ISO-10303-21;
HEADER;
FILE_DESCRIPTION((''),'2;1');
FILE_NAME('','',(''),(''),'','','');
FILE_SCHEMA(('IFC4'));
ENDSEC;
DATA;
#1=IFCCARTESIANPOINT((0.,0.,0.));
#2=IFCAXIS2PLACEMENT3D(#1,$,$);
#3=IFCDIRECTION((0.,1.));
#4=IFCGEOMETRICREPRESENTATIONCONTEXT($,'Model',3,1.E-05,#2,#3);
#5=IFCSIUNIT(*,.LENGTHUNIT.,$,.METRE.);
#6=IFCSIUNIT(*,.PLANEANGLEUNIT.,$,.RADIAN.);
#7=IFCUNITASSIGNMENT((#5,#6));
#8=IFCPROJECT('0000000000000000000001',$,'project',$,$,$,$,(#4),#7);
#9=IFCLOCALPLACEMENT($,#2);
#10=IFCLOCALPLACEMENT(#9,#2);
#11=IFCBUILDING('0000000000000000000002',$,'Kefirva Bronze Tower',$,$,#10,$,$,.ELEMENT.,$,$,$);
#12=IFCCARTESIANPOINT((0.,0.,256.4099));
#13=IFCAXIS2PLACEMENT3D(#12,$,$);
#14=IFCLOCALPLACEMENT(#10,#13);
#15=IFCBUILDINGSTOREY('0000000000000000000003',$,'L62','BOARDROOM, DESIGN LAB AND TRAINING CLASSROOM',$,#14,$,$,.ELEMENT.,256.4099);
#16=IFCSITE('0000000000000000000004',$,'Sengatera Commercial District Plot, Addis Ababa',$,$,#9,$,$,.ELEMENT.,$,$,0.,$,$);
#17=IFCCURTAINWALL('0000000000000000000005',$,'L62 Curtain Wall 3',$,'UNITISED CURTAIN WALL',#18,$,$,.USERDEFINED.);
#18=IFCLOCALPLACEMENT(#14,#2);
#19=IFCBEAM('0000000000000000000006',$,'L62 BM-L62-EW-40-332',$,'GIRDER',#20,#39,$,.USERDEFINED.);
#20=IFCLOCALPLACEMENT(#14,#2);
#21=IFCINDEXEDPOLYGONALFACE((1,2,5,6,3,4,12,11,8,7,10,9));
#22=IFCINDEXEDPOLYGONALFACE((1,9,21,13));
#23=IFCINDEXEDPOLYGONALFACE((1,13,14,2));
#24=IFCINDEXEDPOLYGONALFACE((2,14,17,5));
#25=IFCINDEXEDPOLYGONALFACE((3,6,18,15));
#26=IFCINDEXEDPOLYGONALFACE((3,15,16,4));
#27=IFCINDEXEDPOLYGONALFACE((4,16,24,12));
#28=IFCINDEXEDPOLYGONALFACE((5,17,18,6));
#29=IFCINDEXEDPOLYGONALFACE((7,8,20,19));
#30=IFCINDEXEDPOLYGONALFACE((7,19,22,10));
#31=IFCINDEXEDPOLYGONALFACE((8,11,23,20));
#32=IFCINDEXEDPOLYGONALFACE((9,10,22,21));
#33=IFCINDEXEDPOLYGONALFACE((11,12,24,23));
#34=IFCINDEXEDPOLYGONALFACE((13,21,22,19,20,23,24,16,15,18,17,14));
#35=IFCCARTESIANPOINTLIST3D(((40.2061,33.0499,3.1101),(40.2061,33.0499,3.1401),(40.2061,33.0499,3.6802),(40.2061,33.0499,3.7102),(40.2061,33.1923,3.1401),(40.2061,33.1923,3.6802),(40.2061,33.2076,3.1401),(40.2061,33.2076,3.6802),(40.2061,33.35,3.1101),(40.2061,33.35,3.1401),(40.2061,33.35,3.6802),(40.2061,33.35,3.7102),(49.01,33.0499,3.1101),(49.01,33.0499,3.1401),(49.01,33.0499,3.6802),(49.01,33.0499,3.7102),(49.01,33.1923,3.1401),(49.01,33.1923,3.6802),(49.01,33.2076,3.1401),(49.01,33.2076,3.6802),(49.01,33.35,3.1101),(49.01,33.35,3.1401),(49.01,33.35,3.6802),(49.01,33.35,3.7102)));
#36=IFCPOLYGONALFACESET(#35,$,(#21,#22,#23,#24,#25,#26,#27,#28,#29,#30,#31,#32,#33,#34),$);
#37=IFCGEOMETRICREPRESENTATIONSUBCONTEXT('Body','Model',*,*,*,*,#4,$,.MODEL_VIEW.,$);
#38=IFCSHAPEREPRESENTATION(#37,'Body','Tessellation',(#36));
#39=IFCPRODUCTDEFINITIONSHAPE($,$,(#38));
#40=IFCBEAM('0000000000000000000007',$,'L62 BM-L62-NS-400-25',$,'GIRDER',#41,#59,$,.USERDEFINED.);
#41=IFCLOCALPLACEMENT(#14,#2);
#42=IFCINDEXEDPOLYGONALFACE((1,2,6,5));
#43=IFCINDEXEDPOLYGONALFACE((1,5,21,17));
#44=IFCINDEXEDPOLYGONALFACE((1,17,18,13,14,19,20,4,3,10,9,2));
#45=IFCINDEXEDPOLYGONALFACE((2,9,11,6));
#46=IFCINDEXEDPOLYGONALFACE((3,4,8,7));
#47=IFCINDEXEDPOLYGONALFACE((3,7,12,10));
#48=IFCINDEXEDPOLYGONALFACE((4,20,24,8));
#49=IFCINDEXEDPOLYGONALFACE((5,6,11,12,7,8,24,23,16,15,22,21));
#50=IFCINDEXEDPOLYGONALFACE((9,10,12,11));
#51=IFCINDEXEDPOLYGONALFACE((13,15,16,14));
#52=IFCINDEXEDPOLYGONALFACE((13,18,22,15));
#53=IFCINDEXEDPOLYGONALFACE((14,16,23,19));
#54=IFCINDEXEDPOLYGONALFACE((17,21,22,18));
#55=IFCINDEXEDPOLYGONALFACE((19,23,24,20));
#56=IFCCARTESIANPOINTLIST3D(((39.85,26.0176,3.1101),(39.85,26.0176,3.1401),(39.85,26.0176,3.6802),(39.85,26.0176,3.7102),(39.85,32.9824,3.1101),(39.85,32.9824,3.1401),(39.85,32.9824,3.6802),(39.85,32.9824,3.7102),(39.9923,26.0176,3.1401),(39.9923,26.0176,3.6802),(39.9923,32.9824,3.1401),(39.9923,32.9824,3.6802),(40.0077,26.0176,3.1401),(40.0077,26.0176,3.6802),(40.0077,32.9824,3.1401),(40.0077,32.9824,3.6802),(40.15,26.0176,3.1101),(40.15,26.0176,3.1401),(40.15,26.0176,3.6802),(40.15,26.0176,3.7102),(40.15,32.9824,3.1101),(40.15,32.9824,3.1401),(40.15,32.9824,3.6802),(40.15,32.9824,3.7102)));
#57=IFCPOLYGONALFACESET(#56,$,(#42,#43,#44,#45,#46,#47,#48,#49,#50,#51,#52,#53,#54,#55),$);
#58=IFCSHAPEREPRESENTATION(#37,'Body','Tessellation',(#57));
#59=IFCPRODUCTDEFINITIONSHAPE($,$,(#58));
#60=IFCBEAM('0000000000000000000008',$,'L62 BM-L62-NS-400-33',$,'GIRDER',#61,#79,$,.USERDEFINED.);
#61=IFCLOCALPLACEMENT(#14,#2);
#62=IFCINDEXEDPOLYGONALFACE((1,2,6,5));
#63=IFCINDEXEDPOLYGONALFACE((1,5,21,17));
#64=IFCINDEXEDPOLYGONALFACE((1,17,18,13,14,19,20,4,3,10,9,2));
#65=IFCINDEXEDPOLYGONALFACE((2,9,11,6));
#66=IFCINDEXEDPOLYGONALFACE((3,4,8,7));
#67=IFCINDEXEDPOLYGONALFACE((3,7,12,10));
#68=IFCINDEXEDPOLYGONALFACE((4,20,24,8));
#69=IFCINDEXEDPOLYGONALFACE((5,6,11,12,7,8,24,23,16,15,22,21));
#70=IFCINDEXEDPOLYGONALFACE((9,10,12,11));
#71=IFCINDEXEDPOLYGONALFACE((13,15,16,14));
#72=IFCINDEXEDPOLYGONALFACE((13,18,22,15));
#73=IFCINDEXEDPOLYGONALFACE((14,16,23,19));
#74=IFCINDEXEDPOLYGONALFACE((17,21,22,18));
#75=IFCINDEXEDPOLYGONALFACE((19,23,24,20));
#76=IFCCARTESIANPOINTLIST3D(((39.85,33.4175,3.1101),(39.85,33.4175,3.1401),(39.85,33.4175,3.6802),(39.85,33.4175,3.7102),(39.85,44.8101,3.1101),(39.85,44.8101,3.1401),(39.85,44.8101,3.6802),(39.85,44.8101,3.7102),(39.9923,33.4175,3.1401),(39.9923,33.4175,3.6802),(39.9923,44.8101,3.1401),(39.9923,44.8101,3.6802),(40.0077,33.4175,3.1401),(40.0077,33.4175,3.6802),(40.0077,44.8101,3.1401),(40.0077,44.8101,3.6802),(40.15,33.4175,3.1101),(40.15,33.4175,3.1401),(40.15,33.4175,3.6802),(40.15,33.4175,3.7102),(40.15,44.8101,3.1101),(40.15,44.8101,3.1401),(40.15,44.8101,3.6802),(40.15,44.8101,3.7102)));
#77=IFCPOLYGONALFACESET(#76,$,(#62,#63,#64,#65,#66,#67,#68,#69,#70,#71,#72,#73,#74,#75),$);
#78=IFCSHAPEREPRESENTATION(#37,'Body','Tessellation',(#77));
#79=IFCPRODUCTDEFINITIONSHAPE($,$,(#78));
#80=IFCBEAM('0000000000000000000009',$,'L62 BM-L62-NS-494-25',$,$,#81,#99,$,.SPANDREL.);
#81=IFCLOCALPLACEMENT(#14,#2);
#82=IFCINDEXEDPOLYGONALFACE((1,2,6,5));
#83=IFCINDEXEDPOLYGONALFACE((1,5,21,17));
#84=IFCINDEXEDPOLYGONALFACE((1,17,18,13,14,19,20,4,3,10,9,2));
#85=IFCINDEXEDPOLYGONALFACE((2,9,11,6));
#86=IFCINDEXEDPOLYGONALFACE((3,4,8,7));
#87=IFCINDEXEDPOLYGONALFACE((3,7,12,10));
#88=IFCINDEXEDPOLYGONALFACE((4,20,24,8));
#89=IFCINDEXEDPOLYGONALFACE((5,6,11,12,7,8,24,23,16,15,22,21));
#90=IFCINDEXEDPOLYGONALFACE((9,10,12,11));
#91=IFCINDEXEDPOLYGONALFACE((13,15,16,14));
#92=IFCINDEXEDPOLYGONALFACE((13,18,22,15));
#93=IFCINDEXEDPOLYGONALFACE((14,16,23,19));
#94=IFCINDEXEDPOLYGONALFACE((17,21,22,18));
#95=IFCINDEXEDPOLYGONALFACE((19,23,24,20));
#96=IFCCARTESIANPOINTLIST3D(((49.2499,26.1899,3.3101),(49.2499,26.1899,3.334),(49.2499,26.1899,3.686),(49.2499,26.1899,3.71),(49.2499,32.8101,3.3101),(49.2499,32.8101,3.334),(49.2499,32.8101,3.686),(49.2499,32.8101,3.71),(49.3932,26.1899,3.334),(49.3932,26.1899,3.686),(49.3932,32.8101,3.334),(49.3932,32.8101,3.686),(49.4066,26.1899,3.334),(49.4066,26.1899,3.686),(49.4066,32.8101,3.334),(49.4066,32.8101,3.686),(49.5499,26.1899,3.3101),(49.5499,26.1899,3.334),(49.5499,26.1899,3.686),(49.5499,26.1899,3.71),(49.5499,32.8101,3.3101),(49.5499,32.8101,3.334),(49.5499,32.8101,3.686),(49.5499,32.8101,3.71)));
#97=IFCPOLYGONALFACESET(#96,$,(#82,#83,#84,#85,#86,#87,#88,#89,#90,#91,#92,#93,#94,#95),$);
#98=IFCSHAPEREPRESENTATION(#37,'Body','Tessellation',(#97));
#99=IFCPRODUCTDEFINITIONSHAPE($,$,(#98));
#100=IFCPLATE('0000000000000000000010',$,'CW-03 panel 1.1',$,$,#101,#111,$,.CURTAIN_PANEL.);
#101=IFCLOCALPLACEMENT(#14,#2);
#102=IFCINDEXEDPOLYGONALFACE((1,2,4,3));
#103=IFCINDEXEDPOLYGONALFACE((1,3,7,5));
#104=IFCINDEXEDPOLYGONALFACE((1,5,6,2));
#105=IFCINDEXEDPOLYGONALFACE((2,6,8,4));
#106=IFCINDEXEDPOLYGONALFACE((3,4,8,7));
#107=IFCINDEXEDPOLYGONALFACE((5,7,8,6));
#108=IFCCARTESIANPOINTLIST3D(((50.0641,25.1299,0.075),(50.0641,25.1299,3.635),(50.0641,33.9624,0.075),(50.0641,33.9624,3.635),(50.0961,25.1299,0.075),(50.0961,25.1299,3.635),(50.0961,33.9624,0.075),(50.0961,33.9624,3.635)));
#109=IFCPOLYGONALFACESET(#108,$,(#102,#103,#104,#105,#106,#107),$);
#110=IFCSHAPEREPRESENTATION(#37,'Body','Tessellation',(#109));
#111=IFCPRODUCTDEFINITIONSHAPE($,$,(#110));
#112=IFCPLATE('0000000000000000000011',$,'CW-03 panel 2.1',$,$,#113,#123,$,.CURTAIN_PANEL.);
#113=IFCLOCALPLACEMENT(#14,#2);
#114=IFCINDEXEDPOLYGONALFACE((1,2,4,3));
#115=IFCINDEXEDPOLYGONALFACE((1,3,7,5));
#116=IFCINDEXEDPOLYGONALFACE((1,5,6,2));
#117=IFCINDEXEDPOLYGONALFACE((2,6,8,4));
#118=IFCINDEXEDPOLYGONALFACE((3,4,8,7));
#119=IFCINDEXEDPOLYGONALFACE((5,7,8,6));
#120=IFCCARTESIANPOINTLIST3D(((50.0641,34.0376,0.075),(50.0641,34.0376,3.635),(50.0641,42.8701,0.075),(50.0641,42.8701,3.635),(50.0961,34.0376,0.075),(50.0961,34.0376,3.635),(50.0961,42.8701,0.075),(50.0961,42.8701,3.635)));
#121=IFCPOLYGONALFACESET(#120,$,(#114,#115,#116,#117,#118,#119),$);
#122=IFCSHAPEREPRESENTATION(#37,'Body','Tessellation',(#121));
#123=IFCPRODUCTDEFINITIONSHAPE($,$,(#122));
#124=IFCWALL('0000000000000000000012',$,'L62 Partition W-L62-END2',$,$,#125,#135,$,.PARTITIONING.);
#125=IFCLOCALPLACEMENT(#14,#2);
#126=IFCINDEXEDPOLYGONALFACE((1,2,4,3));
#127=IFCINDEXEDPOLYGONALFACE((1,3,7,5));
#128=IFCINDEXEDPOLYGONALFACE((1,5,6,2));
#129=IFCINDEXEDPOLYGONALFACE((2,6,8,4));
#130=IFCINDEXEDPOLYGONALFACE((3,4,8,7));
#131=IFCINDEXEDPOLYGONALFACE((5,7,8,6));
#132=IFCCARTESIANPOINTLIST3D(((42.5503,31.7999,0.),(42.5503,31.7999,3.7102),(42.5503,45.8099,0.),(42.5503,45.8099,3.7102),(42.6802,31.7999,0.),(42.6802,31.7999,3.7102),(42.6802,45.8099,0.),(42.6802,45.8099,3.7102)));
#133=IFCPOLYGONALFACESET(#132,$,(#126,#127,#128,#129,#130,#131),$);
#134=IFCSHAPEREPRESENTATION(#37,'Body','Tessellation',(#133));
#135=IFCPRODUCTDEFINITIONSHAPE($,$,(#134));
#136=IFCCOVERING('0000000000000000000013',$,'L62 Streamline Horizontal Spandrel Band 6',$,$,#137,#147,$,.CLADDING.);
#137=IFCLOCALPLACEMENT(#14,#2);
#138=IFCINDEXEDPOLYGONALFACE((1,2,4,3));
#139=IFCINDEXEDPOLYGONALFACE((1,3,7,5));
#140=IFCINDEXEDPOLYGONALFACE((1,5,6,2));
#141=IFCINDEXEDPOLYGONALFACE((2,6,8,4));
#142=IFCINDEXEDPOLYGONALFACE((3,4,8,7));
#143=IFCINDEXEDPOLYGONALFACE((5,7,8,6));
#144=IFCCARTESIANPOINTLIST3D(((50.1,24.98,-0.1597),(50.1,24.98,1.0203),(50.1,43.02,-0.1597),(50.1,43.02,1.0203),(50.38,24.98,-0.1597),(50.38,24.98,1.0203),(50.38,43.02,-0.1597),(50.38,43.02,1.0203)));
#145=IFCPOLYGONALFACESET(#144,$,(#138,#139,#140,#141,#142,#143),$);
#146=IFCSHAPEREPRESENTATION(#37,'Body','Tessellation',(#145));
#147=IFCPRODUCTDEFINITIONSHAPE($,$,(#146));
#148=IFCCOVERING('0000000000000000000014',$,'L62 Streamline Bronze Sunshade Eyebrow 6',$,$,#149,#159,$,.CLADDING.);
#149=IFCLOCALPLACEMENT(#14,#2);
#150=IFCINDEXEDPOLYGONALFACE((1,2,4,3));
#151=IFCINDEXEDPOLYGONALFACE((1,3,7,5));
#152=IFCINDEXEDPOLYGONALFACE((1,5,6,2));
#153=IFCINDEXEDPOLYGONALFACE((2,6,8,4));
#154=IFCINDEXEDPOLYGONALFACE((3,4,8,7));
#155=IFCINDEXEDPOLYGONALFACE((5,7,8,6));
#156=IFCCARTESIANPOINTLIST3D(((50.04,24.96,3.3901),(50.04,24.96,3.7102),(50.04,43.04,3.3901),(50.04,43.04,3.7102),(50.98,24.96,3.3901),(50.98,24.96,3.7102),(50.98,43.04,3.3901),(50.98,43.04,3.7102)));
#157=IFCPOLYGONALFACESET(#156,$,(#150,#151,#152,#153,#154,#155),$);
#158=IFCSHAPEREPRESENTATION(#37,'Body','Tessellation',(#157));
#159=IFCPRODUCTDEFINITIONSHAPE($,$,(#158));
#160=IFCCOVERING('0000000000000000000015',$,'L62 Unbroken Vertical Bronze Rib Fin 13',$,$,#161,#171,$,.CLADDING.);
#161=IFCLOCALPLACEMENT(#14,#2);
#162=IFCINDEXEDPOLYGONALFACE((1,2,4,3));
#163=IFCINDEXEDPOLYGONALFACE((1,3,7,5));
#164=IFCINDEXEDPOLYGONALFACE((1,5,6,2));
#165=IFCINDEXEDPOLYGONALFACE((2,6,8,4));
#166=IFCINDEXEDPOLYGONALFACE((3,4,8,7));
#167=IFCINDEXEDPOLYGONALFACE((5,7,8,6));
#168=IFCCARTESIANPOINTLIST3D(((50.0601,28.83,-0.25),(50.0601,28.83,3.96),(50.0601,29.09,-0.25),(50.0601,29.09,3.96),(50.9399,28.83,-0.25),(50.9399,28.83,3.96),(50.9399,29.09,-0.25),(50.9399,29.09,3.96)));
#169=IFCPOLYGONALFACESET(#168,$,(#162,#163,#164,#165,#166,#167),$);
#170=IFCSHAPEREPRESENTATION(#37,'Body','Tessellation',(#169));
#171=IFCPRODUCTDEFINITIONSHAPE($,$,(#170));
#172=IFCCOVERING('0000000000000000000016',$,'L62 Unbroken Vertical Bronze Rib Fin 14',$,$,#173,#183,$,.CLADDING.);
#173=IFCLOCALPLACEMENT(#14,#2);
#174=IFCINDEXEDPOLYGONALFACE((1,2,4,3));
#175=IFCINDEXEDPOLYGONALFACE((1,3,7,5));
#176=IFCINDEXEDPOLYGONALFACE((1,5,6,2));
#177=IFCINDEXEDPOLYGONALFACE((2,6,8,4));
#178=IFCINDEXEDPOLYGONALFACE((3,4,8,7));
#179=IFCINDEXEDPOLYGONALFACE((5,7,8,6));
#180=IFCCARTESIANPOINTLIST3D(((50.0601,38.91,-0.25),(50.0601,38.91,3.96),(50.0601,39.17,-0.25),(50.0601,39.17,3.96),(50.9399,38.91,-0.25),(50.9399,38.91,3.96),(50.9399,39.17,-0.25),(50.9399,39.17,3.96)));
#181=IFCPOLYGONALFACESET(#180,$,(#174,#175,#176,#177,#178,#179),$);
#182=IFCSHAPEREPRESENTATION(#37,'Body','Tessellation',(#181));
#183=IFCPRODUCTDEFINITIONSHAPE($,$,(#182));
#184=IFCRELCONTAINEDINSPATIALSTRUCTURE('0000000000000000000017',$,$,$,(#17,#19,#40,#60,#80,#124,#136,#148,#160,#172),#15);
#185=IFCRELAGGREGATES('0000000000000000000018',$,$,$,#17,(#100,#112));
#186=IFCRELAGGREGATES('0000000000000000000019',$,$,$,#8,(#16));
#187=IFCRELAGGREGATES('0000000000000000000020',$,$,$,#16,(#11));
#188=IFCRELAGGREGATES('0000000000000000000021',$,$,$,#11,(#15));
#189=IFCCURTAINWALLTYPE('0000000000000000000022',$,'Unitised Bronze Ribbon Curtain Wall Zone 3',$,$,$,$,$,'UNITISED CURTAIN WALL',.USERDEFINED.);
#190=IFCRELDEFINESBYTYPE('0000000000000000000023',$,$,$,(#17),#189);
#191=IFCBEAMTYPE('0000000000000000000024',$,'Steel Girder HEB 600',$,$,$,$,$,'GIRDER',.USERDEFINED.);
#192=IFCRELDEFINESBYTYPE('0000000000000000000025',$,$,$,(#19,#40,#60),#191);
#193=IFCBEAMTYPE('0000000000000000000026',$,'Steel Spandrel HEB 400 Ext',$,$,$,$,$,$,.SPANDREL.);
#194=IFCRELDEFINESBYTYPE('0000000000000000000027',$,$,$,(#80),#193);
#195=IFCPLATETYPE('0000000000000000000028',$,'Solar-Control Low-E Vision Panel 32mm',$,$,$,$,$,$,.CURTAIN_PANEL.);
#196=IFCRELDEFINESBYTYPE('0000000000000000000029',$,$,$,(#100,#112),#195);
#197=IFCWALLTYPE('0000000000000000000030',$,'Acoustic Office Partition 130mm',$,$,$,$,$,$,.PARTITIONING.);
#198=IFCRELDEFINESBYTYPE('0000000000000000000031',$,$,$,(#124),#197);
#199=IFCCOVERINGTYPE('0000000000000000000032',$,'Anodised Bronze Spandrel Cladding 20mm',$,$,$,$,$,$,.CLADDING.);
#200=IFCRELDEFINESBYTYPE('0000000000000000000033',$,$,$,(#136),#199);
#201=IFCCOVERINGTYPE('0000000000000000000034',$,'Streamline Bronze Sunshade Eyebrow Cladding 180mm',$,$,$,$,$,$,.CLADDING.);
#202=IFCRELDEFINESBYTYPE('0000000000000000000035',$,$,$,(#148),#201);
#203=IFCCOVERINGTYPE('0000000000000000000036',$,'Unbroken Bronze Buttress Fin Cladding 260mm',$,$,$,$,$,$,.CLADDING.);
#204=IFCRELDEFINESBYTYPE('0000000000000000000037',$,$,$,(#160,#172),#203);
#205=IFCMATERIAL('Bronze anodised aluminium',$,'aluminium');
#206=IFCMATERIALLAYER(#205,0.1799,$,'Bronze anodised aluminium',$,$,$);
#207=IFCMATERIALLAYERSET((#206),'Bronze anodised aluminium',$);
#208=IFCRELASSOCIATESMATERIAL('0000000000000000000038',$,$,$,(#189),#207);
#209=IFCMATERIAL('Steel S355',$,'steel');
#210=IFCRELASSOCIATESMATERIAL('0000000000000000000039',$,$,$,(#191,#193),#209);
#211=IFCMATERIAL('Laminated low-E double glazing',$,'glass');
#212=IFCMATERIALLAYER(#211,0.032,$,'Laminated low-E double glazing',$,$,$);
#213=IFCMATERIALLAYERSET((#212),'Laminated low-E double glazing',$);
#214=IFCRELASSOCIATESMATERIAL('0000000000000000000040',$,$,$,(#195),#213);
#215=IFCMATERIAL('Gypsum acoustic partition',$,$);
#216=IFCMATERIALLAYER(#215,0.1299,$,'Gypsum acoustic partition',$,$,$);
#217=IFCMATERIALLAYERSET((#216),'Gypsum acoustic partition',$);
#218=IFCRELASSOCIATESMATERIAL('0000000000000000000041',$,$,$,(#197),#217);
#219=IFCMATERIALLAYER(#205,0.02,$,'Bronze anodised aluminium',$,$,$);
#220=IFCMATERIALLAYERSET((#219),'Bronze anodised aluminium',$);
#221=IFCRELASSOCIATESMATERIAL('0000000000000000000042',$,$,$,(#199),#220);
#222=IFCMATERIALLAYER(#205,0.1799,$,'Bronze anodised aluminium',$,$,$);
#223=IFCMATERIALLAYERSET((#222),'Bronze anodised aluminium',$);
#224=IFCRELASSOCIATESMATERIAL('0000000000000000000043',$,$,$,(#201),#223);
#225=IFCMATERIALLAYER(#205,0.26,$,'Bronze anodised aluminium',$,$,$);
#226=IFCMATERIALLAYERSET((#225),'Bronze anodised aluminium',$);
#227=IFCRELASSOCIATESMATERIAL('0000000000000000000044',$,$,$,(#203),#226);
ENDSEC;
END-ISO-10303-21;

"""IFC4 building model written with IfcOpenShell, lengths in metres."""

from ifc_helpers import new_model, si_unit, direction, frame, frame_2d, origin, origin_2d, place, context, subcontext, project, spatial, rectangle, i_section, extrude, material, layer, layer_set, material_profile, profile_set, type_object, element, aggregate, save


model = new_model("IFC4")

# Units and contexts
model_context = context("Model", 3, precision=1e-05, world=origin(), true_north=direction((0.0, 1.0)))
body_context = subcontext(model_context, "Body", "Model", "MODEL_VIEW")
ifc_project = project(units=[si_unit("LENGTHUNIT", "METRE"), si_unit("PLANEANGLEUNIT", "RADIAN")], contexts=[model_context])

# Site, building, storey
site_placement = place(None, origin())
site = spatial("IfcSite", under=ifc_project, at=site_placement, Name="Sengatera Commercial District Plot, Addis Ababa", CompositionType="ELEMENT", RefElevation=0.0)
building_placement = place(site_placement, origin())
building = spatial("IfcBuilding", under=site, at=building_placement, Name="Kefirva Bronze Tower", CompositionType="ELEMENT")
storey_placement = place(building_placement, frame((0.0, 0.0, 256.4099)))
storey = spatial("IfcBuildingStorey", under=building, at=storey_placement, Name="L62", Description="BOARDROOM, DESIGN LAB AND TRAINING CLASSROOM", CompositionType="ELEMENT", Elevation=256.4099)

# Curtain wall
ifc_material_1 = material(Name="Bronze anodised aluminium", Category="aluminium")
ifc_layer_1 = layer(ifc_material_1, 0.1799, Name="Bronze anodised aluminium")
ifc_layer_set_1 = layer_set([ifc_layer_1], Name="Bronze anodised aluminium")
curtain_wall_type = type_object("IfcCurtainWallType", Name="Unitised Bronze Ribbon Curtain Wall Zone 3", ElementType="UNITISED CURTAIN WALL", PredefinedType="USERDEFINED", material=ifc_layer_set_1)
curtain_wall_placement = place(storey_placement, origin())
curtain_wall = element("IfcCurtainWall", 1, at=curtain_wall_placement, inside=storey, type_object=curtain_wall_type, Name="L62 Curtain Wall 3", ObjectType="UNITISED CURTAIN WALL", PredefinedType="USERDEFINED")

# Beams
ifc_material_2 = material(Name="Steel S355", Category="steel")
ifc_material_profile_1 = material_profile(ifc_material_2, i_section(OverallWidth=0.3, OverallDepth=0.6001, WebThickness=0.0154, FlangeThickness=0.03, at=origin_2d()), Name="HEB 600")
ifc_profile_set_1 = profile_set([ifc_material_profile_1], Name="Steel S355")
beam_type_1 = type_object("IfcBeamType", Name="Steel Girder HEB 600", ElementType="GIRDER", PredefinedType="USERDEFINED", material=ifc_profile_set_1)
beam_1_placement = place(storey_placement, frame((40.2061, 33.2, 3.4102), z_axis=(1.0, 0.0, 0.0), x_axis=(0.0, 1.0, 0.0)))
element("IfcBeam", 2, at=beam_1_placement, inside=storey, type_object=beam_type_1, Name="L62 BM-L62-EW-40-332", ObjectType="GIRDER", PredefinedType="USERDEFINED", context=body_context, shape_type="SweptSolid", body=[
    extrude(i_section(OverallWidth=0.3, OverallDepth=0.6001, WebThickness=0.0154, FlangeThickness=0.03, at=origin_2d()), origin(), (0.0, 0.0, 1.0), 8.804),
])
beam_2_placement = place(storey_placement, frame((40.0, 26.0176, 3.4102), z_axis=(0.0, 1.0, 0.0), x_axis=(-1.0, 0.0, 0.0)))
element("IfcBeam", 3, at=beam_2_placement, inside=storey, type_object=beam_type_1, Name="L62 BM-L62-NS-400-25", ObjectType="GIRDER", PredefinedType="USERDEFINED", context=body_context, shape_type="SweptSolid", body=[
    extrude(i_section(OverallWidth=0.3, OverallDepth=0.6001, WebThickness=0.0154, FlangeThickness=0.03, at=origin_2d()), origin(), (0.0, 0.0, 1.0), 6.9648),
])
beam_3_placement = place(storey_placement, frame((40.0, 33.4175, 3.4102), z_axis=(0.0, 1.0, 0.0), x_axis=(-1.0, 0.0, 0.0)))
element("IfcBeam", 4, at=beam_3_placement, inside=storey, type_object=beam_type_1, Name="L62 BM-L62-NS-400-33", ObjectType="GIRDER", PredefinedType="USERDEFINED", context=body_context, shape_type="SweptSolid", body=[
    extrude(i_section(OverallWidth=0.3, OverallDepth=0.6001, WebThickness=0.0154, FlangeThickness=0.03, at=origin_2d()), origin(), (0.0, 0.0, 1.0), 11.3926),
])
ifc_material_profile_2 = material_profile(ifc_material_2, i_section(OverallWidth=0.3, OverallDepth=0.3999, WebThickness=0.0134, FlangeThickness=0.0239, at=origin_2d()), Name="HEB 400")
ifc_profile_set_2 = profile_set([ifc_material_profile_2], Name="Steel S355")
beam_type_2 = type_object("IfcBeamType", Name="Steel Spandrel HEB 400 Ext", PredefinedType="SPANDREL", material=ifc_profile_set_2)
beam_4_placement = place(storey_placement, frame((49.3999, 26.1899, 3.51), z_axis=(0.0, 1.0, 0.0), x_axis=(-1.0, 0.0, 0.0)))
element("IfcBeam", 5, at=beam_4_placement, inside=storey, type_object=beam_type_2, Name="L62 BM-L62-NS-494-25", PredefinedType="SPANDREL", context=body_context, shape_type="SweptSolid", body=[
    extrude(i_section(OverallWidth=0.3, OverallDepth=0.3999, WebThickness=0.0134, FlangeThickness=0.0239, at=origin_2d()), origin(), (0.0, 0.0, 1.0), 6.6201),
])

# Plates
ifc_material_3 = material(Name="Laminated low-E double glazing", Category="glass")
ifc_layer_2 = layer(ifc_material_3, 0.032, Name="Laminated low-E double glazing")
ifc_layer_set_2 = layer_set([ifc_layer_2], Name="Laminated low-E double glazing")
plate_type = type_object("IfcPlateType", Name="Solar-Control Low-E Vision Panel 32mm", PredefinedType="CURTAIN_PANEL", material=ifc_layer_set_2)
plate_1_placement = place(storey_placement, frame((50.0801, 29.5461, 0.075), z_axis=(0.0, 0.0, 1.0), x_axis=(0.0, 1.0, 0.0)))
plate_1 = element("IfcPlate", 6, at=plate_1_placement, type_object=plate_type, Name="CW-03 panel 1.1", PredefinedType="CURTAIN_PANEL", context=body_context, shape_type="SweptSolid", body=[
    extrude(rectangle(XDim=8.8325, YDim=0.032, at=origin_2d()), origin(), (0.0, 0.0, 1.0), 3.5601),
])
plate_2_placement = place(storey_placement, frame((50.0801, 38.4539, 0.075), z_axis=(0.0, 0.0, 1.0), x_axis=(0.0, 1.0, 0.0)))
plate_2 = element("IfcPlate", 7, at=plate_2_placement, type_object=plate_type, Name="CW-03 panel 2.1", PredefinedType="CURTAIN_PANEL", context=body_context, shape_type="SweptSolid", body=[
    extrude(rectangle(XDim=8.8325, YDim=0.032, at=origin_2d()), origin(), (0.0, 0.0, 1.0), 3.5601),
])
aggregate(curtain_wall, [plate_1, plate_2])

# Wall
ifc_material_4 = material(Name="Gypsum acoustic partition")
ifc_layer_3 = layer(ifc_material_4, 0.1299, Name="Gypsum acoustic partition")
ifc_layer_set_3 = layer_set([ifc_layer_3], Name="Gypsum acoustic partition")
wall_type = type_object("IfcWallType", Name="Acoustic Office Partition 130mm", PredefinedType="PARTITIONING", material=ifc_layer_set_3)
wall_placement = place(storey_placement, frame((42.6152, 31.8, 0.0), z_axis=(0.0, 0.0, 1.0), x_axis=(0.0, 1.0, 0.0)))
element("IfcWall", 8, at=wall_placement, inside=storey, type_object=wall_type, Name="L62 Partition W-L62-END2", PredefinedType="PARTITIONING", context=body_context, shape_type="SweptSolid", body=[
    extrude(rectangle(XDim=14.01, YDim=0.1299, at=frame_2d((7.0049, 0.0))), origin(), (0.0, 0.0, 1.0), 3.7102),
])

# Coverings
ifc_layer_4 = layer(ifc_material_1, 0.02, Name="Bronze anodised aluminium")
ifc_layer_set_4 = layer_set([ifc_layer_4], Name="Bronze anodised aluminium")
covering_type_1 = type_object("IfcCoveringType", Name="Anodised Bronze Spandrel Cladding 20mm", PredefinedType="CLADDING", material=ifc_layer_set_4)
covering_1_placement = place(storey_placement, frame((50.24, 34.0, -0.1597), z_axis=(0.0, 0.0, 1.0), x_axis=(0.0, 1.0, 0.0)))
element("IfcCovering", 9, at=covering_1_placement, inside=storey, type_object=covering_type_1, Name="L62 Streamline Horizontal Spandrel Band 6", PredefinedType="CLADDING", context=body_context, shape_type="SweptSolid", body=[
    extrude(rectangle(XDim=18.04, YDim=0.28, at=origin_2d()), origin(), (0.0, 0.0, 1.0), 1.1799),
])
ifc_layer_5 = layer(ifc_material_1, 0.1799, Name="Bronze anodised aluminium")
ifc_layer_set_5 = layer_set([ifc_layer_5], Name="Bronze anodised aluminium")
covering_type_2 = type_object("IfcCoveringType", Name="Streamline Bronze Sunshade Eyebrow Cladding 180mm", PredefinedType="CLADDING", material=ifc_layer_set_5)
covering_2_placement = place(storey_placement, frame((50.51, 34.0, 3.3901), z_axis=(0.0, 0.0, 1.0), x_axis=(0.0, 1.0, 0.0)))
element("IfcCovering", 10, at=covering_2_placement, inside=storey, type_object=covering_type_2, Name="L62 Streamline Bronze Sunshade Eyebrow 6", PredefinedType="CLADDING", context=body_context, shape_type="SweptSolid", body=[
    extrude(rectangle(XDim=18.0801, YDim=0.9399, at=origin_2d()), origin(), (0.0, 0.0, 1.0), 0.3201),
])
ifc_layer_6 = layer(ifc_material_1, 0.26, Name="Bronze anodised aluminium")
ifc_layer_set_6 = layer_set([ifc_layer_6], Name="Bronze anodised aluminium")
covering_type_3 = type_object("IfcCoveringType", Name="Unbroken Bronze Buttress Fin Cladding 260mm", PredefinedType="CLADDING", material=ifc_layer_set_6)
for number, where, z_axis, x_axis, name in (
    (11, (50.5, 28.96, -0.25), (0.0, 0.0, 1.0), (0.0, 1.0, 0.0), "L62 Unbroken Vertical Bronze Rib Fin 13"),
    (12, (50.5, 39.04, -0.25), (0.0, 0.0, 1.0), (0.0, 1.0, 0.0), "L62 Unbroken Vertical Bronze Rib Fin 14"),
):
    element("IfcCovering", number, at=place(storey_placement, frame(where, z_axis=z_axis, x_axis=x_axis)), inside=storey, type_object=covering_type_3, Name=name, PredefinedType="CLADDING", context=body_context, shape_type="SweptSolid", body=[
        extrude(rectangle(XDim=0.26, YDim=0.8799, at=origin_2d()), origin(), (0.0, 0.0, 1.0), 4.21),
    ])

save(model, "model.ifc")
